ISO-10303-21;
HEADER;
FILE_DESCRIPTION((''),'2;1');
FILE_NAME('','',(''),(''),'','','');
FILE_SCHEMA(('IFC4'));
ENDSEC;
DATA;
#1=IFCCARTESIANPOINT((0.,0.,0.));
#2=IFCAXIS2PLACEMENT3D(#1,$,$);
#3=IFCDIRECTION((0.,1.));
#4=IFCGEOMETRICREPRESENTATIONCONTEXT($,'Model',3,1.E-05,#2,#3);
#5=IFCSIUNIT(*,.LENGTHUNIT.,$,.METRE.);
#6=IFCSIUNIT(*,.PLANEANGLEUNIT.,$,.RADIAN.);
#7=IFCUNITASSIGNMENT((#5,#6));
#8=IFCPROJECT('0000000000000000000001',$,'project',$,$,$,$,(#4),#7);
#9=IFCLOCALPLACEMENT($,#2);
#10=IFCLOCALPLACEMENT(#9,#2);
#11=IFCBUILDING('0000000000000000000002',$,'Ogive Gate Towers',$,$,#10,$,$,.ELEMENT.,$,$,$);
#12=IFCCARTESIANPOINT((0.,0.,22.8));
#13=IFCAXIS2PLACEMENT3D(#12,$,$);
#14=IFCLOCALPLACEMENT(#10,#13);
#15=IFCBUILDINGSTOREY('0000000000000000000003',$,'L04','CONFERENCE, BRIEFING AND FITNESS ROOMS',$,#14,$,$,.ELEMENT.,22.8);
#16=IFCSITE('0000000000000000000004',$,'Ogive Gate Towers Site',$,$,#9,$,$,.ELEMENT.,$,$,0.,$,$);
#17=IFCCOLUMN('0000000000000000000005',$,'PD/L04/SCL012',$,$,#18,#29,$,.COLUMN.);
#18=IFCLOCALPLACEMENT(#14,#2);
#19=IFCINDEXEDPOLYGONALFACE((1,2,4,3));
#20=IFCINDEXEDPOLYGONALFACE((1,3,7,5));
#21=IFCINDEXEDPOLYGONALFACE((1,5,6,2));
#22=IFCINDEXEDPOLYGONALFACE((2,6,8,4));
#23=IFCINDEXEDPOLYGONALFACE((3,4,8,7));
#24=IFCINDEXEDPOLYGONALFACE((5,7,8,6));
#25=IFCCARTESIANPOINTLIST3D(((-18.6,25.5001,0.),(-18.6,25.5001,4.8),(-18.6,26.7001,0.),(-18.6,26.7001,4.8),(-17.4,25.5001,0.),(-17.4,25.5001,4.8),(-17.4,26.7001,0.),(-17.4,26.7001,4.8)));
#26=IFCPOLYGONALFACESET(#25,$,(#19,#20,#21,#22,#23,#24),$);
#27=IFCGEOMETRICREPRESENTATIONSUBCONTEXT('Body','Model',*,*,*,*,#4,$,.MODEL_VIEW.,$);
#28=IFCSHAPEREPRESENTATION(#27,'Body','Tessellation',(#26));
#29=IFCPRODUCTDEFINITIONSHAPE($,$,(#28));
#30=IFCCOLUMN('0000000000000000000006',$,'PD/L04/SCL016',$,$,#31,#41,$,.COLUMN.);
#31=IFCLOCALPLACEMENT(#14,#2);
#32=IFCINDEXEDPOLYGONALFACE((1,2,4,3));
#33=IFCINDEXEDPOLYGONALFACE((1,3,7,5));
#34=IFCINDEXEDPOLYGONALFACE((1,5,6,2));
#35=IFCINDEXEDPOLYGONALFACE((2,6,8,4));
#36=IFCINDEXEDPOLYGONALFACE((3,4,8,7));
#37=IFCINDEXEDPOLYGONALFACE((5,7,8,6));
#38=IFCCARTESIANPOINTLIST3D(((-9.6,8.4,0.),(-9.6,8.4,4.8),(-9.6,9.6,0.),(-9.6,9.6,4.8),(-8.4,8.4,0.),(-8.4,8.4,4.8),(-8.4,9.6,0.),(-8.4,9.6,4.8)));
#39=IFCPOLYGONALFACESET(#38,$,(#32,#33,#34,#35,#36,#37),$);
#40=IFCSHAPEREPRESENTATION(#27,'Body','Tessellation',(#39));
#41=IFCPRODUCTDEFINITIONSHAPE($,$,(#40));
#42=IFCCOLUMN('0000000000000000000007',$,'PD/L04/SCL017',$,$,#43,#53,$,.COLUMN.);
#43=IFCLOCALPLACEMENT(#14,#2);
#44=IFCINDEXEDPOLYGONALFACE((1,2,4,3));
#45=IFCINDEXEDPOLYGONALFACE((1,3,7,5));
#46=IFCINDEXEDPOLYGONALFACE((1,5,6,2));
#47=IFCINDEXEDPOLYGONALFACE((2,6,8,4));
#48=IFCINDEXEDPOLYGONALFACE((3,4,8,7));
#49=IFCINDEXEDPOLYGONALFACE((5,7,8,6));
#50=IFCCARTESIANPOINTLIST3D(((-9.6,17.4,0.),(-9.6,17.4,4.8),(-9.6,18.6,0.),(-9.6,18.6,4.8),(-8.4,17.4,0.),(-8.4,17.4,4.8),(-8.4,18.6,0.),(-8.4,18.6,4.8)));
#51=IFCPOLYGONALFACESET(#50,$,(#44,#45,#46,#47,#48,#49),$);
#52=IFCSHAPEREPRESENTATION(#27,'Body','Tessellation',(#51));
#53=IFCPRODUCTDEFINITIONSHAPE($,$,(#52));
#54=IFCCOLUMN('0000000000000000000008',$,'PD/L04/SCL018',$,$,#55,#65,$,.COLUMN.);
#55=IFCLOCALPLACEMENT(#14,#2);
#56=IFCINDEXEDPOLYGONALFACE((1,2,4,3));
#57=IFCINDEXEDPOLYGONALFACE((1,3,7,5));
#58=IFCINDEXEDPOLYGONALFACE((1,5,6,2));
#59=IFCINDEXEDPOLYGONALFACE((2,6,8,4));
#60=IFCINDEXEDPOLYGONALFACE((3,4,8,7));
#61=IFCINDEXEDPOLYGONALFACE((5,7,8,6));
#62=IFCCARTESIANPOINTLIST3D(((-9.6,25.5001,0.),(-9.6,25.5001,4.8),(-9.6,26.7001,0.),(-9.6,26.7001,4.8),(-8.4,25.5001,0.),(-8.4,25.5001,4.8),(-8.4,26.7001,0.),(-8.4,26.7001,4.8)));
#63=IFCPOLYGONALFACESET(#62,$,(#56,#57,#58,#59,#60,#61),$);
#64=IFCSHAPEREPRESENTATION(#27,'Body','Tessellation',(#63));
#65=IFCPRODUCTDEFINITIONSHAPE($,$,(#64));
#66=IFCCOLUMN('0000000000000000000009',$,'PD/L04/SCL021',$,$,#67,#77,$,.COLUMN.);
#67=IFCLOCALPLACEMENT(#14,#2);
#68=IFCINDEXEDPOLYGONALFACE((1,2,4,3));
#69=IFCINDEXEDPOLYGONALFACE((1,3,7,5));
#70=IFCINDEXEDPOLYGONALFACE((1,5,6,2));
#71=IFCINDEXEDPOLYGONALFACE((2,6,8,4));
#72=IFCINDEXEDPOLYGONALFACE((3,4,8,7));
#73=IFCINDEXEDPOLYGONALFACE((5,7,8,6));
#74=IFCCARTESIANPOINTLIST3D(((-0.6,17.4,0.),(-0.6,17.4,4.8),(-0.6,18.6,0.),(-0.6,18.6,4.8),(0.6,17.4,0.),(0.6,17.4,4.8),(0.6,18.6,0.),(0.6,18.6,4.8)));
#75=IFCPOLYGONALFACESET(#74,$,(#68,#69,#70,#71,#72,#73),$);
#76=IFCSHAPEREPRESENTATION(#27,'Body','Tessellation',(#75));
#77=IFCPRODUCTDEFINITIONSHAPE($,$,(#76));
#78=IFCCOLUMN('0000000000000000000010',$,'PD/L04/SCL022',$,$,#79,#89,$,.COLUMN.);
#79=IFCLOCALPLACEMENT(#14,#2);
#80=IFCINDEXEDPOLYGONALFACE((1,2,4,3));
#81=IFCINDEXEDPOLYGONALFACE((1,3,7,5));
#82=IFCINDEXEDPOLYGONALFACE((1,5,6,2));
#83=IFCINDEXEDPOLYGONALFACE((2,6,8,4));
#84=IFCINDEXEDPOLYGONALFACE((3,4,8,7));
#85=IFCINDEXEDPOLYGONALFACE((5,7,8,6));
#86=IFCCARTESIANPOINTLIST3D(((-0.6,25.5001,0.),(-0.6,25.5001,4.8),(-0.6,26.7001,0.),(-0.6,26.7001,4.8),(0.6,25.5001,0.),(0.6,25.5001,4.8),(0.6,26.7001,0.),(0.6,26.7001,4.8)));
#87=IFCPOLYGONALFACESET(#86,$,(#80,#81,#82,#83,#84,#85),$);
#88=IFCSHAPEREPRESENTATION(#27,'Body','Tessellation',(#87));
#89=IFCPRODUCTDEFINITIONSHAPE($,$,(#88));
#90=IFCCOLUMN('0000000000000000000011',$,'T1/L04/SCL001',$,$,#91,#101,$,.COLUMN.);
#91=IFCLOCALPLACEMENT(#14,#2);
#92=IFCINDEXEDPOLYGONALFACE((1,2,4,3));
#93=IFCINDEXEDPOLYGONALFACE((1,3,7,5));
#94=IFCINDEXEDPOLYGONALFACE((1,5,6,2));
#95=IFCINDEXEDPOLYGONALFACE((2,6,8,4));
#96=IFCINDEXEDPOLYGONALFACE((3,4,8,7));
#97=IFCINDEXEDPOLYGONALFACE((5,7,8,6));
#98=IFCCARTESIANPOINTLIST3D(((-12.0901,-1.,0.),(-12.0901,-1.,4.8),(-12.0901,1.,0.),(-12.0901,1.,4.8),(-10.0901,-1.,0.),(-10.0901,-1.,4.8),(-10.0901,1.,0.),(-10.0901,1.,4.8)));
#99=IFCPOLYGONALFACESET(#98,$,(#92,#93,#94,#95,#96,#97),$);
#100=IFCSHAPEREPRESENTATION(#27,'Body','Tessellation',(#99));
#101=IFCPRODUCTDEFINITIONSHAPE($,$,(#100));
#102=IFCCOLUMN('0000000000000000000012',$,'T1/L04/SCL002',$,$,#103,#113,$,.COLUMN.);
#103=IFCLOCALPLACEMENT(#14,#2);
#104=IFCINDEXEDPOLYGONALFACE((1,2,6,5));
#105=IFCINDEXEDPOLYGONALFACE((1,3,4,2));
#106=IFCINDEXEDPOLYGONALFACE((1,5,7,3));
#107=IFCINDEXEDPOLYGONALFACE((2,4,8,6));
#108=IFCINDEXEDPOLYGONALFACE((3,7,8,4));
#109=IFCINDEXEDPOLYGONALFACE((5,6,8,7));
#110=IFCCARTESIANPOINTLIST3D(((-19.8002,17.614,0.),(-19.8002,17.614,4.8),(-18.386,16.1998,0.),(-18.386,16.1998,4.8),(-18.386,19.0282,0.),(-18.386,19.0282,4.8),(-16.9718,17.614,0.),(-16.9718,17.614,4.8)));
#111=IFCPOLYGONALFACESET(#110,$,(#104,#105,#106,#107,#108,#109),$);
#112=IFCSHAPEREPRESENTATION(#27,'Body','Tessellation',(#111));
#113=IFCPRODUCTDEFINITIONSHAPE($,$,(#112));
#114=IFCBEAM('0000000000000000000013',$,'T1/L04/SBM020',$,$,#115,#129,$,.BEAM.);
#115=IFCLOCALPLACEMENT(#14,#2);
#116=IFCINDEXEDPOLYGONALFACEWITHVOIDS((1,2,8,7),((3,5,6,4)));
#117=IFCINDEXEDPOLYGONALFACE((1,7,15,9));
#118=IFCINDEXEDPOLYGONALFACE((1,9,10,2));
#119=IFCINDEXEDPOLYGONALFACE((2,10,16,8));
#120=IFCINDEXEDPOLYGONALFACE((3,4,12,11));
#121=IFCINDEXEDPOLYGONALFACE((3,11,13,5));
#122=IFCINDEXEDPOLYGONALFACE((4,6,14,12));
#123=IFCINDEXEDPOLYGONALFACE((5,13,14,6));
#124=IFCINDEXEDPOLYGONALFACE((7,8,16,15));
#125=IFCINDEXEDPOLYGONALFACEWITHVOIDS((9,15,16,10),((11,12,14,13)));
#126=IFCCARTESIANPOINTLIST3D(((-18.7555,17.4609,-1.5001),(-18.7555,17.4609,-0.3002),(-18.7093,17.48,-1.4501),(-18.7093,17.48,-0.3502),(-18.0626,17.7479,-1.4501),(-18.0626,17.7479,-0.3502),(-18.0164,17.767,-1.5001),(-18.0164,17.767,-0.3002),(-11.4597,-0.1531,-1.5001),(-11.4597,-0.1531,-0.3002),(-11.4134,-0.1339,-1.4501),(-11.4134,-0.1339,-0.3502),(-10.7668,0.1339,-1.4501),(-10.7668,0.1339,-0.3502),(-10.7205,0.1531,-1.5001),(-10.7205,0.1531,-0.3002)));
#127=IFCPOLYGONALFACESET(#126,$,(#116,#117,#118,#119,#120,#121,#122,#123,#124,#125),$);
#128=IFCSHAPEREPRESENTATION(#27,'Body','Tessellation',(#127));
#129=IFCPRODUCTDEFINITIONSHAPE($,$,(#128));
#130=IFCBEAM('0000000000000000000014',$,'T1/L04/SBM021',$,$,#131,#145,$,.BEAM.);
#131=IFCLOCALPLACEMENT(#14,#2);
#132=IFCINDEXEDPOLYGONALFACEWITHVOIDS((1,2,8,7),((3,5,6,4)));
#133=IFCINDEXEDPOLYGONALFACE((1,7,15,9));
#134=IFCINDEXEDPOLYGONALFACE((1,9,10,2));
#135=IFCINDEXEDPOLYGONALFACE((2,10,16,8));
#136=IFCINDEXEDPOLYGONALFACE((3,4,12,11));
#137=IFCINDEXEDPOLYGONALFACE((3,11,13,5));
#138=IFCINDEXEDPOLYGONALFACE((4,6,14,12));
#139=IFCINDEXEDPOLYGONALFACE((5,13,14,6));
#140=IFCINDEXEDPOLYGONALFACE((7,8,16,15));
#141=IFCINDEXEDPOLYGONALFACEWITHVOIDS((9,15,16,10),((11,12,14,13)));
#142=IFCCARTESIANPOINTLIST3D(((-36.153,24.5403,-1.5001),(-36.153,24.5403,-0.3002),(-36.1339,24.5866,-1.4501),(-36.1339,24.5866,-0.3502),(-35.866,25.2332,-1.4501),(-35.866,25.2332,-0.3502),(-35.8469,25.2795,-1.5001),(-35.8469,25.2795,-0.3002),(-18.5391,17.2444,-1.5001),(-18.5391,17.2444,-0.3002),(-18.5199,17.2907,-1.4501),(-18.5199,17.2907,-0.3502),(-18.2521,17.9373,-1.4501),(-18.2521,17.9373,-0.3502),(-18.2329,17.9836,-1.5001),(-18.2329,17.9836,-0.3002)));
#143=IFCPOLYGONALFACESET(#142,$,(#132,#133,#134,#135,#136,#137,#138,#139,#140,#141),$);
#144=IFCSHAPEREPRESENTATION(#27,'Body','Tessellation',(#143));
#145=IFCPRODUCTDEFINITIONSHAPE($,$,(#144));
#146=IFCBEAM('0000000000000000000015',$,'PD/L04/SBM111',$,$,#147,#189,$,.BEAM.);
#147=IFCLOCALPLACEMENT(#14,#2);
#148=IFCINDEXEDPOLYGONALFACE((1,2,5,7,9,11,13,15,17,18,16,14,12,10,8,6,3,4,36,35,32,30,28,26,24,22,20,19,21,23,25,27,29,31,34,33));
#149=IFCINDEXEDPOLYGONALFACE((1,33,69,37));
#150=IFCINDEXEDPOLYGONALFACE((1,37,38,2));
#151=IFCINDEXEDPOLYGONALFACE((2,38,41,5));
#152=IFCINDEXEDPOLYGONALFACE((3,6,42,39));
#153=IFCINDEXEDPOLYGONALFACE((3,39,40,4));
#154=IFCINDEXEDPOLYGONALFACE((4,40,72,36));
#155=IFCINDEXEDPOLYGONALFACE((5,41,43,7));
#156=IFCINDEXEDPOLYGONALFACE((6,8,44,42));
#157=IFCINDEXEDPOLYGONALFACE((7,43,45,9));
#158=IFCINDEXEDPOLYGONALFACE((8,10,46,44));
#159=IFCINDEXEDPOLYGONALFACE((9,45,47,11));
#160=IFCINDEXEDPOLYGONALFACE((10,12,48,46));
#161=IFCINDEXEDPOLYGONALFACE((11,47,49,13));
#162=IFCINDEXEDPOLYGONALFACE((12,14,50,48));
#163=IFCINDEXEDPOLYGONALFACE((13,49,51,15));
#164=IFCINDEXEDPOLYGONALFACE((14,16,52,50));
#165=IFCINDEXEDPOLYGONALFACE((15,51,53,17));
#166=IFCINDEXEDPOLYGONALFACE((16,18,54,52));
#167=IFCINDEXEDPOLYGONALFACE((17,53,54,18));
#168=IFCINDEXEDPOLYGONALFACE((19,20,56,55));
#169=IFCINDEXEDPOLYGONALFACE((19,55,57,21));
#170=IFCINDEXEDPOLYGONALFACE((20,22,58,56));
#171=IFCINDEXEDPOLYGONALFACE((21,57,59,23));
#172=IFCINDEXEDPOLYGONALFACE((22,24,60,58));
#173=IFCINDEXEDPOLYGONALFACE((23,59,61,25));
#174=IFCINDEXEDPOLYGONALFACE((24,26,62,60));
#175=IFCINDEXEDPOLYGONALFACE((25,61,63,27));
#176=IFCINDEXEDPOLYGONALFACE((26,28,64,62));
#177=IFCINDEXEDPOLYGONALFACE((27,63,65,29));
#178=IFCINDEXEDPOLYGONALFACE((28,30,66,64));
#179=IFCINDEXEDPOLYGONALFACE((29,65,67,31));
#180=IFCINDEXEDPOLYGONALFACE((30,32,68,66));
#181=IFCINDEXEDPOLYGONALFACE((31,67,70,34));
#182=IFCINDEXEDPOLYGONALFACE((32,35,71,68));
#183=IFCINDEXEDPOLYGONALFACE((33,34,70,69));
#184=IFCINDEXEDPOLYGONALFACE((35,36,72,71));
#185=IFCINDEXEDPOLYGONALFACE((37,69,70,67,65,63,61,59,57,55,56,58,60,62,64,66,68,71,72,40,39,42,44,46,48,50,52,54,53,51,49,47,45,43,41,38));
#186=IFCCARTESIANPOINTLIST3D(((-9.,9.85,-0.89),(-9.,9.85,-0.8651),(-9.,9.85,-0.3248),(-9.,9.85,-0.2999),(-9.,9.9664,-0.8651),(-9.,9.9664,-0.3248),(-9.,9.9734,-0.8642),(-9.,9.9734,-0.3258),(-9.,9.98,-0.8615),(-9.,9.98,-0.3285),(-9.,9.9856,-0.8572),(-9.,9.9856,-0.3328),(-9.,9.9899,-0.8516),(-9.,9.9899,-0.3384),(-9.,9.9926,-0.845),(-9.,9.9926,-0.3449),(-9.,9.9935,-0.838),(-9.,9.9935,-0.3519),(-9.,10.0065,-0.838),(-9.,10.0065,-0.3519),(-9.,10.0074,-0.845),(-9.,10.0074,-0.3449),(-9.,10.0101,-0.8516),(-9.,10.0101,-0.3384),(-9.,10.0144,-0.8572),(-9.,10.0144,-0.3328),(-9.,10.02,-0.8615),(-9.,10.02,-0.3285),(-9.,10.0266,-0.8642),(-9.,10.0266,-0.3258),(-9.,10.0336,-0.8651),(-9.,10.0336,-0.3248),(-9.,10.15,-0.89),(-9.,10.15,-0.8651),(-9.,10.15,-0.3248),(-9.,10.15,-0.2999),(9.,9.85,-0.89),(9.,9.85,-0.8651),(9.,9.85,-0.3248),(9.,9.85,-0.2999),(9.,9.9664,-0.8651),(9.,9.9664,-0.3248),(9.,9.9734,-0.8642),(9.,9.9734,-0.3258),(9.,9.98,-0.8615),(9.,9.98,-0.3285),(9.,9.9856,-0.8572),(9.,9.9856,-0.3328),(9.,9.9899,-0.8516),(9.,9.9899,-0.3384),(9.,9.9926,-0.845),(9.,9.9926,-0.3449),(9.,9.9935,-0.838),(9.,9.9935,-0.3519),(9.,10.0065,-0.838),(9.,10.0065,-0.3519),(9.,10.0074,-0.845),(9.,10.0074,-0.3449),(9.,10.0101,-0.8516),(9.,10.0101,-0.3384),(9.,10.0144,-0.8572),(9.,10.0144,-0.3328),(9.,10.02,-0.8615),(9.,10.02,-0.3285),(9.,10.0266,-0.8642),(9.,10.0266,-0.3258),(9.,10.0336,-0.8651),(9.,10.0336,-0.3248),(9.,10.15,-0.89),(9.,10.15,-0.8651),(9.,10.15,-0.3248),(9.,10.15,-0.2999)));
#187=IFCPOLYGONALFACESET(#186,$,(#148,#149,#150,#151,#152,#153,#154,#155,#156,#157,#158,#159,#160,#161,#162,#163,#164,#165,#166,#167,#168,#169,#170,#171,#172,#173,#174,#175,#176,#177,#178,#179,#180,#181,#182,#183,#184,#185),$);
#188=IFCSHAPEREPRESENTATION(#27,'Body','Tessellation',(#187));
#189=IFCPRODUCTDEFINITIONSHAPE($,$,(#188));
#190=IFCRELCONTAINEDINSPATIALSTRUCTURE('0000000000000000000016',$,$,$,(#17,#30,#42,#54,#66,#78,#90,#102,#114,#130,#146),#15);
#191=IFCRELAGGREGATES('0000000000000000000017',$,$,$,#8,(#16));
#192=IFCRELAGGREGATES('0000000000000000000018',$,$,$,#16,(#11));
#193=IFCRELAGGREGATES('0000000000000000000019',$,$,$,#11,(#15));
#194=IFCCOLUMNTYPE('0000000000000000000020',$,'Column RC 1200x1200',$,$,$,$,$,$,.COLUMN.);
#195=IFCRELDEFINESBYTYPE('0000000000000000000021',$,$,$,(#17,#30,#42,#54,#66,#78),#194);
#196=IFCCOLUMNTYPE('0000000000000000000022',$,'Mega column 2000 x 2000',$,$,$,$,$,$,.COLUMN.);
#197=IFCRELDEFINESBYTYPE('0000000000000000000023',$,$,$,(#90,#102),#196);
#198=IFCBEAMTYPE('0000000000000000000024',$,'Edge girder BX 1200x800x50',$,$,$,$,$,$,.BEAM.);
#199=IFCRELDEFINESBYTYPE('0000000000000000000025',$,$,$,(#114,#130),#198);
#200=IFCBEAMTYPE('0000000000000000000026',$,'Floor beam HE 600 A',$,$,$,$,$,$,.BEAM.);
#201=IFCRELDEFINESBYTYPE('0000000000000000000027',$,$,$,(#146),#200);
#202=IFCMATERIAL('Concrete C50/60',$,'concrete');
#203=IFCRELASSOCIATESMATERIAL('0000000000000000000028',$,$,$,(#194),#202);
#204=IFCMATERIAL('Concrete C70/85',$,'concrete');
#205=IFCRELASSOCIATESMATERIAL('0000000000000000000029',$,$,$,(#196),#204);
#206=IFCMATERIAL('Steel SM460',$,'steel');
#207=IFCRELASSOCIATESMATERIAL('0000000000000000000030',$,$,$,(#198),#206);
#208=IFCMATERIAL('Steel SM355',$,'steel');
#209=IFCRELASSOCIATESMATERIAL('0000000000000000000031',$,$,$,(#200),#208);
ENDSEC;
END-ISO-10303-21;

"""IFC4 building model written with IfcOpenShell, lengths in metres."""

from ifc_helpers import new_model, si_unit, direction, frame, origin, origin_2d, place, context, subcontext, project, spatial, rectangle, hollow_rectangle, i_section, extrude, material, material_profile, profile_set, type_object, element, save


model = new_model("IFC4")

# Units and contexts
model_context = context("Model", 3, precision=1e-05, world=origin(), true_north=direction((0.0, 1.0)))
body_context = subcontext(model_context, "Body", "Model", "MODEL_VIEW")
ifc_project = project(units=[si_unit("LENGTHUNIT", "METRE"), si_unit("PLANEANGLEUNIT", "RADIAN")], contexts=[model_context])

# Site, building, storey
site_placement = place(None, origin())
site = spatial("IfcSite", under=ifc_project, at=site_placement, Name="Ogive Gate Towers Site", CompositionType="ELEMENT", RefElevation=0.0)
building_placement = place(site_placement, origin())
building = spatial("IfcBuilding", under=site, at=building_placement, Name="Ogive Gate Towers", CompositionType="ELEMENT")
storey_placement = place(building_placement, frame((0.0, 0.0, 22.8)))
storey = spatial("IfcBuildingStorey", under=building, at=storey_placement, Name="L04", Description="CONFERENCE, BRIEFING AND FITNESS ROOMS", CompositionType="ELEMENT", Elevation=22.8)

# Columns
ifc_material_1 = material(Name="Concrete C50/60", Category="concrete")
ifc_material_profile_1 = material_profile(ifc_material_1, rectangle(XDim=1.2, YDim=1.2, at=origin_2d()), Name="RC 1200x1200")
ifc_profile_set_1 = profile_set([ifc_material_profile_1], Name="Concrete C50/60")
column_type_1 = type_object("IfcColumnType", Name="Column RC 1200x1200", PredefinedType="COLUMN", material=ifc_profile_set_1)
for number, where, z_axis, x_axis, name in (
    (1, (-18.0, 26.1001, 0.0), (0.0, 0.0, 1.0), (1.0, 0.0, 0.0), "PD/L04/SCL012"),
    (2, (-9.0, 9.0, 0.0), (0.0, 0.0, 1.0), (1.0, 0.0, 0.0), "PD/L04/SCL016"),
    (3, (-9.0, 18.0, 0.0), (0.0, 0.0, 1.0), (1.0, 0.0, 0.0), "PD/L04/SCL017"),
    (4, (-9.0, 26.1001, 0.0), (0.0, 0.0, 1.0), (1.0, 0.0, 0.0), "PD/L04/SCL018"),
    (5, (0.0, 18.0, 0.0), (0.0, 0.0, 1.0), (1.0, 0.0, 0.0), "PD/L04/SCL021"),
    (6, (0.0, 26.1001, 0.0), (0.0, 0.0, 1.0), (1.0, 0.0, 0.0), "PD/L04/SCL022"),
):
    element("IfcColumn", number, at=place(storey_placement, frame(where, z_axis=z_axis, x_axis=x_axis)), inside=storey, type_object=column_type_1, Name=name, PredefinedType="COLUMN", context=body_context, shape_type="SweptSolid", body=[
        extrude(rectangle(XDim=1.2, YDim=1.2, at=origin_2d()), origin(), (0.0, 0.0, 1.0), 4.8),
    ])
ifc_material_2 = material(Name="Concrete C70/85", Category="concrete")
ifc_material_profile_2 = material_profile(ifc_material_2, rectangle(XDim=2.0, YDim=2.0, at=origin_2d()), Name="RC 2000x2000")
ifc_profile_set_2 = profile_set([ifc_material_profile_2], Name="Concrete C70/85")
column_type_2 = type_object("IfcColumnType", Name="Mega column 2000 x 2000", PredefinedType="COLUMN", material=ifc_profile_set_2)
for number, where, z_axis, x_axis, name in (
    (7, (-11.0901, 0.0, 0.0), (0.0, 0.0, 1.0), (1.0, 0.0, 0.0), "T1/L04/SCL001"),
    (8, (-18.386, 17.614, 0.0), (0.0, 0.0, 1.0), (0.707107, 0.707107, 0.0), "T1/L04/SCL002"),
):
    element("IfcColumn", number, at=place(storey_placement, frame(where, z_axis=z_axis, x_axis=x_axis)), inside=storey, type_object=column_type_2, Name=name, PredefinedType="COLUMN", context=body_context, shape_type="SweptSolid", body=[
        extrude(rectangle(XDim=2.0, YDim=2.0, at=origin_2d()), origin(), (0.0, 0.0, 1.0), 4.8),
    ])

# Beams
ifc_material_3 = material(Name="Steel SM460", Category="steel")
ifc_material_profile_3 = material_profile(ifc_material_3, hollow_rectangle(XDim=0.8, YDim=1.2, WallThickness=0.05, at=origin_2d()), Name="BX 1200x800x50")
ifc_profile_set_3 = profile_set([ifc_material_profile_3], Name="Steel SM460")
beam_type_1 = type_object("IfcBeamType", Name="Edge girder BX 1200x800x50", PredefinedType="BEAM", material=ifc_profile_set_3)
for number, where, z_axis, x_axis, name in (
    (9, (-11.0901, 0.0, -0.9001), (-0.382681, 0.923881, 0.0), (-0.923881, -0.382681, 0.0), "T1/L04/SBM020"),
    (10, (-18.386, 17.614, -0.9001), (-0.923881, 0.382681, 0.0), (-0.382681, -0.923881, 0.0), "T1/L04/SBM021"),
):
    element("IfcBeam", number, at=place(storey_placement, frame(where, z_axis=z_axis, x_axis=x_axis)), inside=storey, type_object=beam_type_1, Name=name, PredefinedType="BEAM", context=body_context, shape_type="SweptSolid", body=[
        extrude(hollow_rectangle(XDim=0.8, YDim=1.2, WallThickness=0.05, at=origin_2d()), origin(), (0.0, 0.0, 1.0), 19.0652),
    ])
ifc_material_4 = material(Name="Steel SM355", Category="steel")
ifc_material_profile_4 = material_profile(ifc_material_4, i_section(OverallWidth=0.3, OverallDepth=0.5901, WebThickness=0.0129, FlangeThickness=0.0249, FilletRadius=0.0271, at=origin_2d()), Name="HE 600 A")
ifc_profile_set_4 = profile_set([ifc_material_profile_4], Name="Steel SM355")
beam_type_2 = type_object("IfcBeamType", Name="Floor beam HE 600 A", PredefinedType="BEAM", material=ifc_profile_set_4)
beam_1_placement = place(storey_placement, frame((-9.0, 10.0, -0.595), z_axis=(1.0, 0.0, 0.0), x_axis=(0.0, 1.0, 0.0)))
element("IfcBeam", 11, at=beam_1_placement, inside=storey, type_object=beam_type_2, Name="PD/L04/SBM111", PredefinedType="BEAM", context=body_context, shape_type="SweptSolid", body=[
    extrude(i_section(OverallWidth=0.3, OverallDepth=0.5901, WebThickness=0.0129, FlangeThickness=0.0249, FilletRadius=0.0271, at=origin_2d()), origin(), (0.0, 0.0, 1.0), 18.0),
])

save(model, "model.ifc")
